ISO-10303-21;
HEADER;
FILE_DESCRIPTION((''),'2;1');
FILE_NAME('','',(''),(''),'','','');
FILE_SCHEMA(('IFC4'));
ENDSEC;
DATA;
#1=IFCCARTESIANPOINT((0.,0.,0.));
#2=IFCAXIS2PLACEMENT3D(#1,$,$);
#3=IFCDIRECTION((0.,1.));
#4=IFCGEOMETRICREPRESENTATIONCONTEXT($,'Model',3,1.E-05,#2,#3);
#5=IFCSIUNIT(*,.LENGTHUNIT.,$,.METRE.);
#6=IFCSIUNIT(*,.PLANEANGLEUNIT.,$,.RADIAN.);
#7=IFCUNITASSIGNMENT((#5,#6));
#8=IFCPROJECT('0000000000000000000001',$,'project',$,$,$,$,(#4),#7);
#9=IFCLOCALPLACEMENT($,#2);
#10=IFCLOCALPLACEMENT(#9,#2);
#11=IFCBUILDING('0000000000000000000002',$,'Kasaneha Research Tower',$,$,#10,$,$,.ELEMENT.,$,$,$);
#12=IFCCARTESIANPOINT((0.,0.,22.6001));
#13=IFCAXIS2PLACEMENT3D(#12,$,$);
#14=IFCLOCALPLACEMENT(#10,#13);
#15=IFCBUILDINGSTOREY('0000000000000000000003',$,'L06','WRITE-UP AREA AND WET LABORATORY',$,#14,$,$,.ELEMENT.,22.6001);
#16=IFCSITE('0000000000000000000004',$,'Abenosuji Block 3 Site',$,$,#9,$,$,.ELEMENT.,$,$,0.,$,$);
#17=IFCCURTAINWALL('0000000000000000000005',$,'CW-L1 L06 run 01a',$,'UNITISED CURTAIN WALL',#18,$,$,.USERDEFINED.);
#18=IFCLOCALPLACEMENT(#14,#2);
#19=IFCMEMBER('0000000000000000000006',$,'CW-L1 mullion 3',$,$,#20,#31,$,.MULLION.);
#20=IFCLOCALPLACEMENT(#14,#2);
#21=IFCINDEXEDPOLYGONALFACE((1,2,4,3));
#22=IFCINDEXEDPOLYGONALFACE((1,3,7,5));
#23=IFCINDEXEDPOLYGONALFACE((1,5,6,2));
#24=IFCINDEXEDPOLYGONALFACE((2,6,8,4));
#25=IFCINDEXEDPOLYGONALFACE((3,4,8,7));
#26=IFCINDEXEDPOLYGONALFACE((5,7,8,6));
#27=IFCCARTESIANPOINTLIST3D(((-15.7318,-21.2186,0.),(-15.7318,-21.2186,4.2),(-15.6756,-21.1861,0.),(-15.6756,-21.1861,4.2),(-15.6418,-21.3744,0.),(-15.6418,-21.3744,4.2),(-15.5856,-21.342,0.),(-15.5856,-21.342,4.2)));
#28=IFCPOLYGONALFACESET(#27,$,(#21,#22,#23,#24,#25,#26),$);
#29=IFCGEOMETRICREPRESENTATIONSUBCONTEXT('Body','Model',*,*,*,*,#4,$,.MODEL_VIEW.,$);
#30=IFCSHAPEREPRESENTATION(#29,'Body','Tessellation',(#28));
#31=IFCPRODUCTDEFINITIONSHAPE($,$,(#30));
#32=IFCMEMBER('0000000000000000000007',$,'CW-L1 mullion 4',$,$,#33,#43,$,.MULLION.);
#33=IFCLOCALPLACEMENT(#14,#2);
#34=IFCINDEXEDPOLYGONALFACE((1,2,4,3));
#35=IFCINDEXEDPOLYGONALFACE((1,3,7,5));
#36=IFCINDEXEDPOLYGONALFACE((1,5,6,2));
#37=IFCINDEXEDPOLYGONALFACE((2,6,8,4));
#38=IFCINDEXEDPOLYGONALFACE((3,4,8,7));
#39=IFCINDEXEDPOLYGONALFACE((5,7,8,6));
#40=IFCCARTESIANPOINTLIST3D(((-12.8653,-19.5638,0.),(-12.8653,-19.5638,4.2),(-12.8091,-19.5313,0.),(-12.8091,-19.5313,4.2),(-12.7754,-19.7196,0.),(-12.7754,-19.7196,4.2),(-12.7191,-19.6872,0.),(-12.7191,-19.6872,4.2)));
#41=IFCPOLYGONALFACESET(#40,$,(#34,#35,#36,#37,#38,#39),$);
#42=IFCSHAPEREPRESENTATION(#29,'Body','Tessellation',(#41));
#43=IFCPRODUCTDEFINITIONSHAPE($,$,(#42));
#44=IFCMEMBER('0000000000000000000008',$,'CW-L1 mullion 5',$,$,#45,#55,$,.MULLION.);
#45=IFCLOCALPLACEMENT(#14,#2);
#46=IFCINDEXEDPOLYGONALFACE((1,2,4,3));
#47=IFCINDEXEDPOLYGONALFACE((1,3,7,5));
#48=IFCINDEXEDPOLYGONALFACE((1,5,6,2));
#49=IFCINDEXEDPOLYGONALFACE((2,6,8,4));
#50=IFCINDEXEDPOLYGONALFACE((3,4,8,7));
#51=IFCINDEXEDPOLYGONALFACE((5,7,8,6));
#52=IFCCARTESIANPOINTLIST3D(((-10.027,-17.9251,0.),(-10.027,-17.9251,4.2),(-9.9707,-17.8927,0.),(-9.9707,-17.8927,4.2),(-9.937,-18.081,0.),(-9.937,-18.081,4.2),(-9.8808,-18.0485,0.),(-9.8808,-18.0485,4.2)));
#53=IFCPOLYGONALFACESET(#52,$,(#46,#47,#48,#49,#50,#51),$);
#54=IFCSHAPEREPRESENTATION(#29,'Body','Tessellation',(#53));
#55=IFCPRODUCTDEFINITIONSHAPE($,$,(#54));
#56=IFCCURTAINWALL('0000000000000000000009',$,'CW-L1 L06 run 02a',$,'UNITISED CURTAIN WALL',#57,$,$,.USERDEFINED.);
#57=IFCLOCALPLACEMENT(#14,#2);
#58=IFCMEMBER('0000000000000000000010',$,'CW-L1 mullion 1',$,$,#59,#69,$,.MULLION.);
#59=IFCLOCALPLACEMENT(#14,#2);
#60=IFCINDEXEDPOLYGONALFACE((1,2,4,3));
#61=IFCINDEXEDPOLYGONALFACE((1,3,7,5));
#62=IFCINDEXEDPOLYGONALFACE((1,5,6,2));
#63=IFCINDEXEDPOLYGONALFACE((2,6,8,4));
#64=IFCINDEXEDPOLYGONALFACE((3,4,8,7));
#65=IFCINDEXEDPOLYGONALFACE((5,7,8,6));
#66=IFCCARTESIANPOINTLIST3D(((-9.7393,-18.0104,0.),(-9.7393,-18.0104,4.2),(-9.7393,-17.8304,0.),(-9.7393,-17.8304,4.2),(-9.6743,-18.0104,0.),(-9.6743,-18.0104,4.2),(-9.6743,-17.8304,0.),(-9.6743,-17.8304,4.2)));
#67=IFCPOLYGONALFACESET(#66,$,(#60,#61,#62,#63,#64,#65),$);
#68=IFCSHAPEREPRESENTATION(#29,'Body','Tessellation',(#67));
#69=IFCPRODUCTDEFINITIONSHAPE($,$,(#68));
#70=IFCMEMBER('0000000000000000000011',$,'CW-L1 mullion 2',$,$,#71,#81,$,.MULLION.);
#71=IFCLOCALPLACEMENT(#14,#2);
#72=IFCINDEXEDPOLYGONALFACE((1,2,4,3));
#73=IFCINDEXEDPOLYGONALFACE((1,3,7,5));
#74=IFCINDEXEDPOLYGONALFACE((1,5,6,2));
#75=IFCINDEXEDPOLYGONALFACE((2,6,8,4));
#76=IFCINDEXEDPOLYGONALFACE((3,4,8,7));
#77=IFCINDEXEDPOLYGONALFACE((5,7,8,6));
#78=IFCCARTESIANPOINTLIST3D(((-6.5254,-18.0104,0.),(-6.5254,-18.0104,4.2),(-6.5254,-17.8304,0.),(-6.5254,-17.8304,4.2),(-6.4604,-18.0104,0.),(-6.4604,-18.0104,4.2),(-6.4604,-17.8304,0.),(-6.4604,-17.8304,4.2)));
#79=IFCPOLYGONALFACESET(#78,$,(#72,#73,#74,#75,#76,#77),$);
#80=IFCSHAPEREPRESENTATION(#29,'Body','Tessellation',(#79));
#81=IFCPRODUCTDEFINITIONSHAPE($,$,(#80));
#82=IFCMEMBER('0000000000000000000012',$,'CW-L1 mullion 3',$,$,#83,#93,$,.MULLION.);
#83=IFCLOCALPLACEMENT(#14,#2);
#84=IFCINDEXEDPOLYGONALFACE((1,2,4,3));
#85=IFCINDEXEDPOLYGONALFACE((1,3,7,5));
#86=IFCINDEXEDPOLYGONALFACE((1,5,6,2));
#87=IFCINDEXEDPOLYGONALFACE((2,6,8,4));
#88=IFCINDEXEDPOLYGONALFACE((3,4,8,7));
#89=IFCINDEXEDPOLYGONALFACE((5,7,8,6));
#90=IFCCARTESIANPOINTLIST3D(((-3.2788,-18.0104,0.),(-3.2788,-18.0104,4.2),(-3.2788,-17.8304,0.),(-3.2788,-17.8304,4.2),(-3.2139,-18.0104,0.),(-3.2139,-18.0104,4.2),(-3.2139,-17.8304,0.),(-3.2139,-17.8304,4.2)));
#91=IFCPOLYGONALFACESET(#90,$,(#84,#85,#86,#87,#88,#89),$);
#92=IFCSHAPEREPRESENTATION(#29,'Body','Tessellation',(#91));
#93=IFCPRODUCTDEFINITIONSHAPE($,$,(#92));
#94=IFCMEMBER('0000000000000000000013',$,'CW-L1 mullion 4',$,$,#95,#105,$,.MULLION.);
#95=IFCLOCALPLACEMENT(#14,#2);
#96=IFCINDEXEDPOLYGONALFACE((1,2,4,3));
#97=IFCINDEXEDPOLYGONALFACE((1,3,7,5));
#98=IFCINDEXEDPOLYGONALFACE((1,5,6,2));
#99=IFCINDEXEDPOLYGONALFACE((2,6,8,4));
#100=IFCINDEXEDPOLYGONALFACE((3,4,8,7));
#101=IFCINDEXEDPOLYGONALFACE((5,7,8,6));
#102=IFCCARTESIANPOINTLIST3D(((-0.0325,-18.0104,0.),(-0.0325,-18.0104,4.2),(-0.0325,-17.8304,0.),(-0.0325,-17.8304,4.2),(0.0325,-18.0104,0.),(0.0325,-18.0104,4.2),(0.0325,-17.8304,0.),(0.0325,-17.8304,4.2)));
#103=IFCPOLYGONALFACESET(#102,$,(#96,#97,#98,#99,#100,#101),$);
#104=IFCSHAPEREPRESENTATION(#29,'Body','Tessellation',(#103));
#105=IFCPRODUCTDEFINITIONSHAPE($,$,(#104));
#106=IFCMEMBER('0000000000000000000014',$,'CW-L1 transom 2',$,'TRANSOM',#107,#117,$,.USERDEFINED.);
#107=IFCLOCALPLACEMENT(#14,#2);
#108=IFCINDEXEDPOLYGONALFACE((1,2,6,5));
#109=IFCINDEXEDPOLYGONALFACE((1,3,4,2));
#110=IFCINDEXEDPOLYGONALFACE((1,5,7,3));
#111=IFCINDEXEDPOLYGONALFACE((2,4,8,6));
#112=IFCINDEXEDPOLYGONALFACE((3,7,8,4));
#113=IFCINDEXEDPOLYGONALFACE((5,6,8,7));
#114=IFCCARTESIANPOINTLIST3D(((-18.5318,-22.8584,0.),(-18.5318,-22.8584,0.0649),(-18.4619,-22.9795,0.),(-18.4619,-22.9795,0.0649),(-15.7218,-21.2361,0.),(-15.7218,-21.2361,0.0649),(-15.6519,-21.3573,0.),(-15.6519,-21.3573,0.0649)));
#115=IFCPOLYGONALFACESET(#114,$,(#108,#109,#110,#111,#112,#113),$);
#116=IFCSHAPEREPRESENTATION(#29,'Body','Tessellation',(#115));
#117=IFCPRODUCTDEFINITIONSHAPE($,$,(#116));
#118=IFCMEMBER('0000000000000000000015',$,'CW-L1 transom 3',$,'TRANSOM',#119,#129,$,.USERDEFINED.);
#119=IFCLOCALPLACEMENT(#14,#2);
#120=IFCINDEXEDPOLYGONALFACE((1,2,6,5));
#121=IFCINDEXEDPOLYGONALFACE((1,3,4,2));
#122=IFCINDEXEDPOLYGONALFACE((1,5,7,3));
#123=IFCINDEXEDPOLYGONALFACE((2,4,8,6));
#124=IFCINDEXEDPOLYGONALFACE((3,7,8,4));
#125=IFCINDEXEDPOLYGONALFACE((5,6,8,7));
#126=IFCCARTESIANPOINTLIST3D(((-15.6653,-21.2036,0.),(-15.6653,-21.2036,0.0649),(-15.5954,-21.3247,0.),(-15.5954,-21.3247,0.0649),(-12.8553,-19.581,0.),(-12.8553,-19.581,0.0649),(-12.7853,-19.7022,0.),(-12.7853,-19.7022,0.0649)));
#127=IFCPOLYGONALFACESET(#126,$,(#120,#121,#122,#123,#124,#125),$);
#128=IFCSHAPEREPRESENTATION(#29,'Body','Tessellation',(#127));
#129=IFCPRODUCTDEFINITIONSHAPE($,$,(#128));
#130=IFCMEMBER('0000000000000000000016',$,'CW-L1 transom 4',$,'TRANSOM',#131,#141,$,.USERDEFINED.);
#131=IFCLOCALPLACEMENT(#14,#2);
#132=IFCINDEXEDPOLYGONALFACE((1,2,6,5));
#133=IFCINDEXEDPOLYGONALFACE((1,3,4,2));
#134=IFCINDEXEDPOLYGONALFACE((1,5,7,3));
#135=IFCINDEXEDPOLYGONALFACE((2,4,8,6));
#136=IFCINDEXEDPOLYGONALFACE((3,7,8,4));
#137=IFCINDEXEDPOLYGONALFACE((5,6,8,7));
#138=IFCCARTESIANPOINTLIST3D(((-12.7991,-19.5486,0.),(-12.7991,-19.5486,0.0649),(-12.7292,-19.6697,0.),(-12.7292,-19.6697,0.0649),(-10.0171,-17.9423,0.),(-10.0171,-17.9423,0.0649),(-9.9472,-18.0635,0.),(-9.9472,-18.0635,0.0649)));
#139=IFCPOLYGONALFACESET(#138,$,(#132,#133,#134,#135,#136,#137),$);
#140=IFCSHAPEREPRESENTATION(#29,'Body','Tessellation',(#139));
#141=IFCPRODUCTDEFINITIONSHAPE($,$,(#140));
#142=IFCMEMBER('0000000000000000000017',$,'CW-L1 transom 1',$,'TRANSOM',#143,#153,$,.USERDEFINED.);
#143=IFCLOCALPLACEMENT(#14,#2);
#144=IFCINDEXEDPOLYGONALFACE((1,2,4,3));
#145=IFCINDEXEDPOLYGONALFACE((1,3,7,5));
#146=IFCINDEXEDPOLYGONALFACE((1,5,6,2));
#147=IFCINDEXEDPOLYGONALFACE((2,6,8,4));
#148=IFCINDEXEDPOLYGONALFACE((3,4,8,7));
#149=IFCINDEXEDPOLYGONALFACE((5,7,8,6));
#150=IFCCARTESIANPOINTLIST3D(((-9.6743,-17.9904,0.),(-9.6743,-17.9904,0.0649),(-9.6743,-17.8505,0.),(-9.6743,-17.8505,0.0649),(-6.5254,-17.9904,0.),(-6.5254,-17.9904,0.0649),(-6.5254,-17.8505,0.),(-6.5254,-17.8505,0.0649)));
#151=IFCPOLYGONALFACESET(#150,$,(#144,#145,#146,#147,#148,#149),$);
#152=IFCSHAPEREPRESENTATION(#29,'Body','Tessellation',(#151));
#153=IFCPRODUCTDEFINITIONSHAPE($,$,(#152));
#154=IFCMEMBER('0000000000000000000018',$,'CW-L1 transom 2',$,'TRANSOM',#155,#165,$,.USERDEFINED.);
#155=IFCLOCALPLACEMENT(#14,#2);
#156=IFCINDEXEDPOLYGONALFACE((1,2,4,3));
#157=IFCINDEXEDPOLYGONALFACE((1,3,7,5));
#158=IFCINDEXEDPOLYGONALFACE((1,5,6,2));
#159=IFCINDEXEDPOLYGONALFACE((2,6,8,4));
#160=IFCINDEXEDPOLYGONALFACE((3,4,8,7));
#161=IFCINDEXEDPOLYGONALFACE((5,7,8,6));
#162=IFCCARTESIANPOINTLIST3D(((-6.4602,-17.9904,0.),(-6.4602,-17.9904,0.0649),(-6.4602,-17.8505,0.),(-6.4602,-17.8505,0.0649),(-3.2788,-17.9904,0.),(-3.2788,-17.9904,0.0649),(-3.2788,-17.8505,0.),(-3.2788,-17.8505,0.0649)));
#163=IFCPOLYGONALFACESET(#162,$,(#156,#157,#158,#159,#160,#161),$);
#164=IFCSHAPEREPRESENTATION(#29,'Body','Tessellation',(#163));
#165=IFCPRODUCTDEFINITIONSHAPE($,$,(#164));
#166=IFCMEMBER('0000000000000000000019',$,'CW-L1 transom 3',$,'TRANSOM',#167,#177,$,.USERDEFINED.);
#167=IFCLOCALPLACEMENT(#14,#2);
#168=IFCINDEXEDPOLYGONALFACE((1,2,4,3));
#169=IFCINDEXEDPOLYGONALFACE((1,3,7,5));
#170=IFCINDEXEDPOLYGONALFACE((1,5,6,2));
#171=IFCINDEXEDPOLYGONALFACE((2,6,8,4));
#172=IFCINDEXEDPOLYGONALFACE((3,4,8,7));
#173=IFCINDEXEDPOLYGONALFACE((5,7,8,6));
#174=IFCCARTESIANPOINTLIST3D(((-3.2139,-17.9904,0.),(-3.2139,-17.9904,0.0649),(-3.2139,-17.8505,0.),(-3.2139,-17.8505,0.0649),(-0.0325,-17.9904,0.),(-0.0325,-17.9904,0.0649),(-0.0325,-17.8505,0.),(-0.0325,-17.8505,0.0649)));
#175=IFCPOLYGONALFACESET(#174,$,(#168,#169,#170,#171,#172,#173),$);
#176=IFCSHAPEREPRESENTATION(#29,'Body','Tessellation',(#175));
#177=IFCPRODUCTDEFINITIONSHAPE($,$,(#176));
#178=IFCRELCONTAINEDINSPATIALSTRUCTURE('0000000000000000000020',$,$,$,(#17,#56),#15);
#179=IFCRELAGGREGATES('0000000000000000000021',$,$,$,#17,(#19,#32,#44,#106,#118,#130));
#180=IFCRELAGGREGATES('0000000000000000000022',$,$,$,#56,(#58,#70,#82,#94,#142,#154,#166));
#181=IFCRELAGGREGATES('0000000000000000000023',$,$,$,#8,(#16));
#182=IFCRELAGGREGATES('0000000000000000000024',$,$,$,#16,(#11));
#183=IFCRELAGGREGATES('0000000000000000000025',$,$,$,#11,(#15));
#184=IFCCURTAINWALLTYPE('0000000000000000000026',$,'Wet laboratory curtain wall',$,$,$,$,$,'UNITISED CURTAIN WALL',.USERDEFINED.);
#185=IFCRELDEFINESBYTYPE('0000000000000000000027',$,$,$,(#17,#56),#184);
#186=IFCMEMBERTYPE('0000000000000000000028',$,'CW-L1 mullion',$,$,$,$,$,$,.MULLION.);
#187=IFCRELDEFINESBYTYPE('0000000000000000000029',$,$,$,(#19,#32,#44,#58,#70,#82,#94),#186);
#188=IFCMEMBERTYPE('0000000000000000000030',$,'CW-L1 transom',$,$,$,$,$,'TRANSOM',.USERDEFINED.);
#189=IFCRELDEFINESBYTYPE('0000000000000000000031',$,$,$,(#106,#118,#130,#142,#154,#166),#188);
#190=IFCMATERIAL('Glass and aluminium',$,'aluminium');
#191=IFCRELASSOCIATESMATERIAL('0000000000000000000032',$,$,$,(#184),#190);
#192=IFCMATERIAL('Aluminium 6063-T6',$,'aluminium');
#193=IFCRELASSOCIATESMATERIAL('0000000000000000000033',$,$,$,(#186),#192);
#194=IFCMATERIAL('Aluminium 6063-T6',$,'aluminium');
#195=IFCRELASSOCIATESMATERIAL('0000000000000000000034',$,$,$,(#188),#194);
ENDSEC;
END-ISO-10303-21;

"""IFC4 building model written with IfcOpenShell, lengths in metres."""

from ifc_helpers import new_model, si_unit, direction, frame, origin, origin_2d, place, context, subcontext, project, spatial, rectangle, extrude, material, material_profile, profile_set, type_object, element, aggregate, save


model = new_model("IFC4")

# Units and contexts
model_context = context("Model", 3, precision=1e-05, world=origin(), true_north=direction((0.0, 1.0)))
body_context = subcontext(model_context, "Body", "Model", "MODEL_VIEW")
ifc_project = project(units=[si_unit("LENGTHUNIT", "METRE"), si_unit("PLANEANGLEUNIT", "RADIAN")], contexts=[model_context])

# Site, building, storey
site_placement = place(None, origin())
site = spatial("IfcSite", under=ifc_project, at=site_placement, Name="Abenosuji Block 3 Site", CompositionType="ELEMENT", RefElevation=0.0)
building_placement = place(site_placement, origin())
building = spatial("IfcBuilding", under=site, at=building_placement, Name="Kasaneha Research Tower", CompositionType="ELEMENT")
storey_placement = place(building_placement, frame((0.0, 0.0, 22.6001)))
storey = spatial("IfcBuildingStorey", under=building, at=storey_placement, Name="L06", Description="WRITE-UP AREA AND WET LABORATORY", CompositionType="ELEMENT", Elevation=22.6001)

# Curtain walls, members
ifc_material_1 = material(Name="Glass and aluminium", Category="aluminium")
curtain_wall_type = type_object("IfcCurtainWallType", Name="Wet laboratory curtain wall", ElementType="UNITISED CURTAIN WALL", PredefinedType="USERDEFINED", material=ifc_material_1)
curtain_wall_1_placement = place(storey_placement, origin())
curtain_wall_1 = element("IfcCurtainWall", 1, at=curtain_wall_1_placement, inside=storey, type_object=curtain_wall_type, Name="CW-L1 L06 run 01a", ObjectType="UNITISED CURTAIN WALL", PredefinedType="USERDEFINED")
ifc_material_2 = material(Name="Aluminium 6063-T6", Category="aluminium")
ifc_material_profile_1 = material_profile(ifc_material_2, rectangle(XDim=0.0649, YDim=0.1799, at=origin_2d()), Name="CW-L1 mullion 65x180")
ifc_profile_set_1 = profile_set([ifc_material_profile_1], Name="Aluminium 6063-T6")
member_type_1 = type_object("IfcMemberType", Name="CW-L1 mullion", PredefinedType="MULLION", material=ifc_profile_set_1)
member_1_placement = place(storey_placement, frame((-15.6587, -21.2803, 0.0), z_axis=(0.0, 0.0, 1.0), x_axis=(0.866025, 0.5, 0.0)))
member_1 = element("IfcMember", 2, at=member_1_placement, type_object=member_type_1, Name="CW-L1 mullion 3", PredefinedType="MULLION", context=body_context, shape_type="SweptSolid", body=[
    extrude(rectangle(XDim=0.0649, YDim=0.1799, at=origin_2d()), origin(), (0.0, 0.0, 1.0), 4.2),
])
member_2_placement = place(storey_placement, frame((-12.7922, -19.6255, 0.0), z_axis=(0.0, 0.0, 1.0), x_axis=(0.866025, 0.5, 0.0)))
member_2 = element("IfcMember", 3, at=member_2_placement, type_object=member_type_1, Name="CW-L1 mullion 4", PredefinedType="MULLION", context=body_context, shape_type="SweptSolid", body=[
    extrude(rectangle(XDim=0.0649, YDim=0.1799, at=origin_2d()), origin(), (0.0, 0.0, 1.0), 4.2),
])
member_3_placement = place(storey_placement, frame((-9.9539, -17.9868, 0.0), z_axis=(0.0, 0.0, 1.0), x_axis=(0.866025, 0.5, 0.0)))
member_3 = element("IfcMember", 4, at=member_3_placement, type_object=member_type_1, Name="CW-L1 mullion 5", PredefinedType="MULLION", context=body_context, shape_type="SweptSolid", body=[
    extrude(rectangle(XDim=0.0649, YDim=0.1799, at=origin_2d()), origin(), (0.0, 0.0, 1.0), 4.2),
])
curtain_wall_2_placement = place(storey_placement, origin())
curtain_wall_2 = element("IfcCurtainWall", 5, at=curtain_wall_2_placement, inside=storey, type_object=curtain_wall_type, Name="CW-L1 L06 run 02a", ObjectType="UNITISED CURTAIN WALL", PredefinedType="USERDEFINED")
member_4_placement = place(storey_placement, frame((-9.7068, -17.9204, 0.0), z_axis=(0.0, 0.0, 1.0), x_axis=(1.0, 0.0, 0.0)))
member_4 = element("IfcMember", 6, at=member_4_placement, type_object=member_type_1, Name="CW-L1 mullion 1", PredefinedType="MULLION", context=body_context, shape_type="SweptSolid", body=[
    extrude(rectangle(XDim=0.0649, YDim=0.1799, at=origin_2d()), origin(), (0.0, 0.0, 1.0), 4.2),
])
member_5_placement = place(storey_placement, frame((-6.4929, -17.9204, 0.0), z_axis=(0.0, 0.0, 1.0), x_axis=(1.0, 0.0, 0.0)))
member_5 = element("IfcMember", 7, at=member_5_placement, type_object=member_type_1, Name="CW-L1 mullion 2", PredefinedType="MULLION", context=body_context, shape_type="SweptSolid", body=[
    extrude(rectangle(XDim=0.0649, YDim=0.1799, at=origin_2d()), origin(), (0.0, 0.0, 1.0), 4.2),
])
member_6_placement = place(storey_placement, frame((-3.2463, -17.9204, 0.0), z_axis=(0.0, 0.0, 1.0), x_axis=(1.0, 0.0, 0.0)))
member_6 = element("IfcMember", 8, at=member_6_placement, type_object=member_type_1, Name="CW-L1 mullion 3", PredefinedType="MULLION", context=body_context, shape_type="SweptSolid", body=[
    extrude(rectangle(XDim=0.0649, YDim=0.1799, at=origin_2d()), origin(), (0.0, 0.0, 1.0), 4.2),
])
member_7_placement = place(storey_placement, frame((0.0, -17.9204, 0.0), z_axis=(0.0, 0.0, 1.0), x_axis=(1.0, 0.0, 0.0)))
member_7 = element("IfcMember", 9, at=member_7_placement, type_object=member_type_1, Name="CW-L1 mullion 4", PredefinedType="MULLION", context=body_context, shape_type="SweptSolid", body=[
    extrude(rectangle(XDim=0.0649, YDim=0.1799, at=origin_2d()), origin(), (0.0, 0.0, 1.0), 4.2),
])

# Members
ifc_material_3 = material(Name="Aluminium 6063-T6", Category="aluminium")
ifc_material_profile_2 = material_profile(ifc_material_3, rectangle(XDim=0.1399, YDim=0.0649, at=origin_2d()), Name="CW-L1 transom 140x65")
ifc_profile_set_2 = profile_set([ifc_material_profile_2], Name="Aluminium 6063-T6")
member_type_2 = type_object("IfcMemberType", Name="CW-L1 transom", ElementType="TRANSOM", PredefinedType="USERDEFINED", material=ifc_profile_set_2)
member_8_placement = place(storey_placement, frame((-18.4968, -22.9189, 0.0325), z_axis=(0.866035, 0.499983, 0.0), x_axis=(-0.499983, 0.866035, 0.0)))
member_8 = element("IfcMember", 10, at=member_8_placement, type_object=member_type_2, Name="CW-L1 transom 2", ObjectType="TRANSOM", PredefinedType="USERDEFINED", context=body_context, shape_type="SweptSolid", body=[
    extrude(rectangle(XDim=0.1399, YDim=0.0649, at=origin_2d()), origin(), (0.0, 0.0, 1.0), 3.2446),
])
member_9_placement = place(storey_placement, frame((-15.6304, -21.2642, 0.0325), z_axis=(0.866003, 0.500039, 0.0), x_axis=(-0.500039, 0.866003, 0.0)))
member_9 = element("IfcMember", 11, at=member_9_placement, type_object=member_type_2, Name="CW-L1 transom 3", ObjectType="TRANSOM", PredefinedType="USERDEFINED", context=body_context, shape_type="SweptSolid", body=[
    extrude(rectangle(XDim=0.1399, YDim=0.0649, at=origin_2d()), origin(), (0.0, 0.0, 1.0), 3.2449),
])
member_10_placement = place(storey_placement, frame((-12.7642, -19.6091, 0.0325), z_axis=(0.866022, 0.500005, 0.0), x_axis=(-0.500005, 0.866022, 0.0)))
member_10 = element("IfcMember", 12, at=member_10_placement, type_object=member_type_2, Name="CW-L1 transom 4", ObjectType="TRANSOM", PredefinedType="USERDEFINED", context=body_context, shape_type="SweptSolid", body=[
    extrude(rectangle(XDim=0.1399, YDim=0.0649, at=origin_2d()), origin(), (0.0, 0.0, 1.0), 3.2124),
])
member_11_placement = place(storey_placement, frame((-9.6743, -17.9204, 0.0325), z_axis=(1.0, 0.0, 0.0), x_axis=(0.0, 1.0, 0.0)))
member_11 = element("IfcMember", 13, at=member_11_placement, type_object=member_type_2, Name="CW-L1 transom 1", ObjectType="TRANSOM", PredefinedType="USERDEFINED", context=body_context, shape_type="SweptSolid", body=[
    extrude(rectangle(XDim=0.1399, YDim=0.0649, at=origin_2d()), origin(), (0.0, 0.0, 1.0), 3.1489),
])
member_12_placement = place(storey_placement, frame((-6.4602, -17.9204, 0.0325), z_axis=(1.0, 0.0, 0.0), x_axis=(0.0, 1.0, 0.0)))
member_12 = element("IfcMember", 14, at=member_12_placement, type_object=member_type_2, Name="CW-L1 transom 2", ObjectType="TRANSOM", PredefinedType="USERDEFINED", context=body_context, shape_type="SweptSolid", body=[
    extrude(rectangle(XDim=0.1399, YDim=0.0649, at=origin_2d()), origin(), (0.0, 0.0, 1.0), 3.1814),
])
member_13_placement = place(storey_placement, frame((-3.2139, -17.9204, 0.0325), z_axis=(1.0, 0.0, 0.0), x_axis=(0.0, 1.0, 0.0)))
member_13 = element("IfcMember", 15, at=member_13_placement, type_object=member_type_2, Name="CW-L1 transom 3", ObjectType="TRANSOM", PredefinedType="USERDEFINED", context=body_context, shape_type="SweptSolid", body=[
    extrude(rectangle(XDim=0.1399, YDim=0.0649, at=origin_2d()), origin(), (0.0, 0.0, 1.0), 3.1814),
])

aggregate(curtain_wall_1, [member_1, member_2, member_3, member_8, member_9, member_10])
aggregate(curtain_wall_2, [member_4, member_5, member_6, member_7, member_11, member_12, member_13])

save(model, "model.ifc")
